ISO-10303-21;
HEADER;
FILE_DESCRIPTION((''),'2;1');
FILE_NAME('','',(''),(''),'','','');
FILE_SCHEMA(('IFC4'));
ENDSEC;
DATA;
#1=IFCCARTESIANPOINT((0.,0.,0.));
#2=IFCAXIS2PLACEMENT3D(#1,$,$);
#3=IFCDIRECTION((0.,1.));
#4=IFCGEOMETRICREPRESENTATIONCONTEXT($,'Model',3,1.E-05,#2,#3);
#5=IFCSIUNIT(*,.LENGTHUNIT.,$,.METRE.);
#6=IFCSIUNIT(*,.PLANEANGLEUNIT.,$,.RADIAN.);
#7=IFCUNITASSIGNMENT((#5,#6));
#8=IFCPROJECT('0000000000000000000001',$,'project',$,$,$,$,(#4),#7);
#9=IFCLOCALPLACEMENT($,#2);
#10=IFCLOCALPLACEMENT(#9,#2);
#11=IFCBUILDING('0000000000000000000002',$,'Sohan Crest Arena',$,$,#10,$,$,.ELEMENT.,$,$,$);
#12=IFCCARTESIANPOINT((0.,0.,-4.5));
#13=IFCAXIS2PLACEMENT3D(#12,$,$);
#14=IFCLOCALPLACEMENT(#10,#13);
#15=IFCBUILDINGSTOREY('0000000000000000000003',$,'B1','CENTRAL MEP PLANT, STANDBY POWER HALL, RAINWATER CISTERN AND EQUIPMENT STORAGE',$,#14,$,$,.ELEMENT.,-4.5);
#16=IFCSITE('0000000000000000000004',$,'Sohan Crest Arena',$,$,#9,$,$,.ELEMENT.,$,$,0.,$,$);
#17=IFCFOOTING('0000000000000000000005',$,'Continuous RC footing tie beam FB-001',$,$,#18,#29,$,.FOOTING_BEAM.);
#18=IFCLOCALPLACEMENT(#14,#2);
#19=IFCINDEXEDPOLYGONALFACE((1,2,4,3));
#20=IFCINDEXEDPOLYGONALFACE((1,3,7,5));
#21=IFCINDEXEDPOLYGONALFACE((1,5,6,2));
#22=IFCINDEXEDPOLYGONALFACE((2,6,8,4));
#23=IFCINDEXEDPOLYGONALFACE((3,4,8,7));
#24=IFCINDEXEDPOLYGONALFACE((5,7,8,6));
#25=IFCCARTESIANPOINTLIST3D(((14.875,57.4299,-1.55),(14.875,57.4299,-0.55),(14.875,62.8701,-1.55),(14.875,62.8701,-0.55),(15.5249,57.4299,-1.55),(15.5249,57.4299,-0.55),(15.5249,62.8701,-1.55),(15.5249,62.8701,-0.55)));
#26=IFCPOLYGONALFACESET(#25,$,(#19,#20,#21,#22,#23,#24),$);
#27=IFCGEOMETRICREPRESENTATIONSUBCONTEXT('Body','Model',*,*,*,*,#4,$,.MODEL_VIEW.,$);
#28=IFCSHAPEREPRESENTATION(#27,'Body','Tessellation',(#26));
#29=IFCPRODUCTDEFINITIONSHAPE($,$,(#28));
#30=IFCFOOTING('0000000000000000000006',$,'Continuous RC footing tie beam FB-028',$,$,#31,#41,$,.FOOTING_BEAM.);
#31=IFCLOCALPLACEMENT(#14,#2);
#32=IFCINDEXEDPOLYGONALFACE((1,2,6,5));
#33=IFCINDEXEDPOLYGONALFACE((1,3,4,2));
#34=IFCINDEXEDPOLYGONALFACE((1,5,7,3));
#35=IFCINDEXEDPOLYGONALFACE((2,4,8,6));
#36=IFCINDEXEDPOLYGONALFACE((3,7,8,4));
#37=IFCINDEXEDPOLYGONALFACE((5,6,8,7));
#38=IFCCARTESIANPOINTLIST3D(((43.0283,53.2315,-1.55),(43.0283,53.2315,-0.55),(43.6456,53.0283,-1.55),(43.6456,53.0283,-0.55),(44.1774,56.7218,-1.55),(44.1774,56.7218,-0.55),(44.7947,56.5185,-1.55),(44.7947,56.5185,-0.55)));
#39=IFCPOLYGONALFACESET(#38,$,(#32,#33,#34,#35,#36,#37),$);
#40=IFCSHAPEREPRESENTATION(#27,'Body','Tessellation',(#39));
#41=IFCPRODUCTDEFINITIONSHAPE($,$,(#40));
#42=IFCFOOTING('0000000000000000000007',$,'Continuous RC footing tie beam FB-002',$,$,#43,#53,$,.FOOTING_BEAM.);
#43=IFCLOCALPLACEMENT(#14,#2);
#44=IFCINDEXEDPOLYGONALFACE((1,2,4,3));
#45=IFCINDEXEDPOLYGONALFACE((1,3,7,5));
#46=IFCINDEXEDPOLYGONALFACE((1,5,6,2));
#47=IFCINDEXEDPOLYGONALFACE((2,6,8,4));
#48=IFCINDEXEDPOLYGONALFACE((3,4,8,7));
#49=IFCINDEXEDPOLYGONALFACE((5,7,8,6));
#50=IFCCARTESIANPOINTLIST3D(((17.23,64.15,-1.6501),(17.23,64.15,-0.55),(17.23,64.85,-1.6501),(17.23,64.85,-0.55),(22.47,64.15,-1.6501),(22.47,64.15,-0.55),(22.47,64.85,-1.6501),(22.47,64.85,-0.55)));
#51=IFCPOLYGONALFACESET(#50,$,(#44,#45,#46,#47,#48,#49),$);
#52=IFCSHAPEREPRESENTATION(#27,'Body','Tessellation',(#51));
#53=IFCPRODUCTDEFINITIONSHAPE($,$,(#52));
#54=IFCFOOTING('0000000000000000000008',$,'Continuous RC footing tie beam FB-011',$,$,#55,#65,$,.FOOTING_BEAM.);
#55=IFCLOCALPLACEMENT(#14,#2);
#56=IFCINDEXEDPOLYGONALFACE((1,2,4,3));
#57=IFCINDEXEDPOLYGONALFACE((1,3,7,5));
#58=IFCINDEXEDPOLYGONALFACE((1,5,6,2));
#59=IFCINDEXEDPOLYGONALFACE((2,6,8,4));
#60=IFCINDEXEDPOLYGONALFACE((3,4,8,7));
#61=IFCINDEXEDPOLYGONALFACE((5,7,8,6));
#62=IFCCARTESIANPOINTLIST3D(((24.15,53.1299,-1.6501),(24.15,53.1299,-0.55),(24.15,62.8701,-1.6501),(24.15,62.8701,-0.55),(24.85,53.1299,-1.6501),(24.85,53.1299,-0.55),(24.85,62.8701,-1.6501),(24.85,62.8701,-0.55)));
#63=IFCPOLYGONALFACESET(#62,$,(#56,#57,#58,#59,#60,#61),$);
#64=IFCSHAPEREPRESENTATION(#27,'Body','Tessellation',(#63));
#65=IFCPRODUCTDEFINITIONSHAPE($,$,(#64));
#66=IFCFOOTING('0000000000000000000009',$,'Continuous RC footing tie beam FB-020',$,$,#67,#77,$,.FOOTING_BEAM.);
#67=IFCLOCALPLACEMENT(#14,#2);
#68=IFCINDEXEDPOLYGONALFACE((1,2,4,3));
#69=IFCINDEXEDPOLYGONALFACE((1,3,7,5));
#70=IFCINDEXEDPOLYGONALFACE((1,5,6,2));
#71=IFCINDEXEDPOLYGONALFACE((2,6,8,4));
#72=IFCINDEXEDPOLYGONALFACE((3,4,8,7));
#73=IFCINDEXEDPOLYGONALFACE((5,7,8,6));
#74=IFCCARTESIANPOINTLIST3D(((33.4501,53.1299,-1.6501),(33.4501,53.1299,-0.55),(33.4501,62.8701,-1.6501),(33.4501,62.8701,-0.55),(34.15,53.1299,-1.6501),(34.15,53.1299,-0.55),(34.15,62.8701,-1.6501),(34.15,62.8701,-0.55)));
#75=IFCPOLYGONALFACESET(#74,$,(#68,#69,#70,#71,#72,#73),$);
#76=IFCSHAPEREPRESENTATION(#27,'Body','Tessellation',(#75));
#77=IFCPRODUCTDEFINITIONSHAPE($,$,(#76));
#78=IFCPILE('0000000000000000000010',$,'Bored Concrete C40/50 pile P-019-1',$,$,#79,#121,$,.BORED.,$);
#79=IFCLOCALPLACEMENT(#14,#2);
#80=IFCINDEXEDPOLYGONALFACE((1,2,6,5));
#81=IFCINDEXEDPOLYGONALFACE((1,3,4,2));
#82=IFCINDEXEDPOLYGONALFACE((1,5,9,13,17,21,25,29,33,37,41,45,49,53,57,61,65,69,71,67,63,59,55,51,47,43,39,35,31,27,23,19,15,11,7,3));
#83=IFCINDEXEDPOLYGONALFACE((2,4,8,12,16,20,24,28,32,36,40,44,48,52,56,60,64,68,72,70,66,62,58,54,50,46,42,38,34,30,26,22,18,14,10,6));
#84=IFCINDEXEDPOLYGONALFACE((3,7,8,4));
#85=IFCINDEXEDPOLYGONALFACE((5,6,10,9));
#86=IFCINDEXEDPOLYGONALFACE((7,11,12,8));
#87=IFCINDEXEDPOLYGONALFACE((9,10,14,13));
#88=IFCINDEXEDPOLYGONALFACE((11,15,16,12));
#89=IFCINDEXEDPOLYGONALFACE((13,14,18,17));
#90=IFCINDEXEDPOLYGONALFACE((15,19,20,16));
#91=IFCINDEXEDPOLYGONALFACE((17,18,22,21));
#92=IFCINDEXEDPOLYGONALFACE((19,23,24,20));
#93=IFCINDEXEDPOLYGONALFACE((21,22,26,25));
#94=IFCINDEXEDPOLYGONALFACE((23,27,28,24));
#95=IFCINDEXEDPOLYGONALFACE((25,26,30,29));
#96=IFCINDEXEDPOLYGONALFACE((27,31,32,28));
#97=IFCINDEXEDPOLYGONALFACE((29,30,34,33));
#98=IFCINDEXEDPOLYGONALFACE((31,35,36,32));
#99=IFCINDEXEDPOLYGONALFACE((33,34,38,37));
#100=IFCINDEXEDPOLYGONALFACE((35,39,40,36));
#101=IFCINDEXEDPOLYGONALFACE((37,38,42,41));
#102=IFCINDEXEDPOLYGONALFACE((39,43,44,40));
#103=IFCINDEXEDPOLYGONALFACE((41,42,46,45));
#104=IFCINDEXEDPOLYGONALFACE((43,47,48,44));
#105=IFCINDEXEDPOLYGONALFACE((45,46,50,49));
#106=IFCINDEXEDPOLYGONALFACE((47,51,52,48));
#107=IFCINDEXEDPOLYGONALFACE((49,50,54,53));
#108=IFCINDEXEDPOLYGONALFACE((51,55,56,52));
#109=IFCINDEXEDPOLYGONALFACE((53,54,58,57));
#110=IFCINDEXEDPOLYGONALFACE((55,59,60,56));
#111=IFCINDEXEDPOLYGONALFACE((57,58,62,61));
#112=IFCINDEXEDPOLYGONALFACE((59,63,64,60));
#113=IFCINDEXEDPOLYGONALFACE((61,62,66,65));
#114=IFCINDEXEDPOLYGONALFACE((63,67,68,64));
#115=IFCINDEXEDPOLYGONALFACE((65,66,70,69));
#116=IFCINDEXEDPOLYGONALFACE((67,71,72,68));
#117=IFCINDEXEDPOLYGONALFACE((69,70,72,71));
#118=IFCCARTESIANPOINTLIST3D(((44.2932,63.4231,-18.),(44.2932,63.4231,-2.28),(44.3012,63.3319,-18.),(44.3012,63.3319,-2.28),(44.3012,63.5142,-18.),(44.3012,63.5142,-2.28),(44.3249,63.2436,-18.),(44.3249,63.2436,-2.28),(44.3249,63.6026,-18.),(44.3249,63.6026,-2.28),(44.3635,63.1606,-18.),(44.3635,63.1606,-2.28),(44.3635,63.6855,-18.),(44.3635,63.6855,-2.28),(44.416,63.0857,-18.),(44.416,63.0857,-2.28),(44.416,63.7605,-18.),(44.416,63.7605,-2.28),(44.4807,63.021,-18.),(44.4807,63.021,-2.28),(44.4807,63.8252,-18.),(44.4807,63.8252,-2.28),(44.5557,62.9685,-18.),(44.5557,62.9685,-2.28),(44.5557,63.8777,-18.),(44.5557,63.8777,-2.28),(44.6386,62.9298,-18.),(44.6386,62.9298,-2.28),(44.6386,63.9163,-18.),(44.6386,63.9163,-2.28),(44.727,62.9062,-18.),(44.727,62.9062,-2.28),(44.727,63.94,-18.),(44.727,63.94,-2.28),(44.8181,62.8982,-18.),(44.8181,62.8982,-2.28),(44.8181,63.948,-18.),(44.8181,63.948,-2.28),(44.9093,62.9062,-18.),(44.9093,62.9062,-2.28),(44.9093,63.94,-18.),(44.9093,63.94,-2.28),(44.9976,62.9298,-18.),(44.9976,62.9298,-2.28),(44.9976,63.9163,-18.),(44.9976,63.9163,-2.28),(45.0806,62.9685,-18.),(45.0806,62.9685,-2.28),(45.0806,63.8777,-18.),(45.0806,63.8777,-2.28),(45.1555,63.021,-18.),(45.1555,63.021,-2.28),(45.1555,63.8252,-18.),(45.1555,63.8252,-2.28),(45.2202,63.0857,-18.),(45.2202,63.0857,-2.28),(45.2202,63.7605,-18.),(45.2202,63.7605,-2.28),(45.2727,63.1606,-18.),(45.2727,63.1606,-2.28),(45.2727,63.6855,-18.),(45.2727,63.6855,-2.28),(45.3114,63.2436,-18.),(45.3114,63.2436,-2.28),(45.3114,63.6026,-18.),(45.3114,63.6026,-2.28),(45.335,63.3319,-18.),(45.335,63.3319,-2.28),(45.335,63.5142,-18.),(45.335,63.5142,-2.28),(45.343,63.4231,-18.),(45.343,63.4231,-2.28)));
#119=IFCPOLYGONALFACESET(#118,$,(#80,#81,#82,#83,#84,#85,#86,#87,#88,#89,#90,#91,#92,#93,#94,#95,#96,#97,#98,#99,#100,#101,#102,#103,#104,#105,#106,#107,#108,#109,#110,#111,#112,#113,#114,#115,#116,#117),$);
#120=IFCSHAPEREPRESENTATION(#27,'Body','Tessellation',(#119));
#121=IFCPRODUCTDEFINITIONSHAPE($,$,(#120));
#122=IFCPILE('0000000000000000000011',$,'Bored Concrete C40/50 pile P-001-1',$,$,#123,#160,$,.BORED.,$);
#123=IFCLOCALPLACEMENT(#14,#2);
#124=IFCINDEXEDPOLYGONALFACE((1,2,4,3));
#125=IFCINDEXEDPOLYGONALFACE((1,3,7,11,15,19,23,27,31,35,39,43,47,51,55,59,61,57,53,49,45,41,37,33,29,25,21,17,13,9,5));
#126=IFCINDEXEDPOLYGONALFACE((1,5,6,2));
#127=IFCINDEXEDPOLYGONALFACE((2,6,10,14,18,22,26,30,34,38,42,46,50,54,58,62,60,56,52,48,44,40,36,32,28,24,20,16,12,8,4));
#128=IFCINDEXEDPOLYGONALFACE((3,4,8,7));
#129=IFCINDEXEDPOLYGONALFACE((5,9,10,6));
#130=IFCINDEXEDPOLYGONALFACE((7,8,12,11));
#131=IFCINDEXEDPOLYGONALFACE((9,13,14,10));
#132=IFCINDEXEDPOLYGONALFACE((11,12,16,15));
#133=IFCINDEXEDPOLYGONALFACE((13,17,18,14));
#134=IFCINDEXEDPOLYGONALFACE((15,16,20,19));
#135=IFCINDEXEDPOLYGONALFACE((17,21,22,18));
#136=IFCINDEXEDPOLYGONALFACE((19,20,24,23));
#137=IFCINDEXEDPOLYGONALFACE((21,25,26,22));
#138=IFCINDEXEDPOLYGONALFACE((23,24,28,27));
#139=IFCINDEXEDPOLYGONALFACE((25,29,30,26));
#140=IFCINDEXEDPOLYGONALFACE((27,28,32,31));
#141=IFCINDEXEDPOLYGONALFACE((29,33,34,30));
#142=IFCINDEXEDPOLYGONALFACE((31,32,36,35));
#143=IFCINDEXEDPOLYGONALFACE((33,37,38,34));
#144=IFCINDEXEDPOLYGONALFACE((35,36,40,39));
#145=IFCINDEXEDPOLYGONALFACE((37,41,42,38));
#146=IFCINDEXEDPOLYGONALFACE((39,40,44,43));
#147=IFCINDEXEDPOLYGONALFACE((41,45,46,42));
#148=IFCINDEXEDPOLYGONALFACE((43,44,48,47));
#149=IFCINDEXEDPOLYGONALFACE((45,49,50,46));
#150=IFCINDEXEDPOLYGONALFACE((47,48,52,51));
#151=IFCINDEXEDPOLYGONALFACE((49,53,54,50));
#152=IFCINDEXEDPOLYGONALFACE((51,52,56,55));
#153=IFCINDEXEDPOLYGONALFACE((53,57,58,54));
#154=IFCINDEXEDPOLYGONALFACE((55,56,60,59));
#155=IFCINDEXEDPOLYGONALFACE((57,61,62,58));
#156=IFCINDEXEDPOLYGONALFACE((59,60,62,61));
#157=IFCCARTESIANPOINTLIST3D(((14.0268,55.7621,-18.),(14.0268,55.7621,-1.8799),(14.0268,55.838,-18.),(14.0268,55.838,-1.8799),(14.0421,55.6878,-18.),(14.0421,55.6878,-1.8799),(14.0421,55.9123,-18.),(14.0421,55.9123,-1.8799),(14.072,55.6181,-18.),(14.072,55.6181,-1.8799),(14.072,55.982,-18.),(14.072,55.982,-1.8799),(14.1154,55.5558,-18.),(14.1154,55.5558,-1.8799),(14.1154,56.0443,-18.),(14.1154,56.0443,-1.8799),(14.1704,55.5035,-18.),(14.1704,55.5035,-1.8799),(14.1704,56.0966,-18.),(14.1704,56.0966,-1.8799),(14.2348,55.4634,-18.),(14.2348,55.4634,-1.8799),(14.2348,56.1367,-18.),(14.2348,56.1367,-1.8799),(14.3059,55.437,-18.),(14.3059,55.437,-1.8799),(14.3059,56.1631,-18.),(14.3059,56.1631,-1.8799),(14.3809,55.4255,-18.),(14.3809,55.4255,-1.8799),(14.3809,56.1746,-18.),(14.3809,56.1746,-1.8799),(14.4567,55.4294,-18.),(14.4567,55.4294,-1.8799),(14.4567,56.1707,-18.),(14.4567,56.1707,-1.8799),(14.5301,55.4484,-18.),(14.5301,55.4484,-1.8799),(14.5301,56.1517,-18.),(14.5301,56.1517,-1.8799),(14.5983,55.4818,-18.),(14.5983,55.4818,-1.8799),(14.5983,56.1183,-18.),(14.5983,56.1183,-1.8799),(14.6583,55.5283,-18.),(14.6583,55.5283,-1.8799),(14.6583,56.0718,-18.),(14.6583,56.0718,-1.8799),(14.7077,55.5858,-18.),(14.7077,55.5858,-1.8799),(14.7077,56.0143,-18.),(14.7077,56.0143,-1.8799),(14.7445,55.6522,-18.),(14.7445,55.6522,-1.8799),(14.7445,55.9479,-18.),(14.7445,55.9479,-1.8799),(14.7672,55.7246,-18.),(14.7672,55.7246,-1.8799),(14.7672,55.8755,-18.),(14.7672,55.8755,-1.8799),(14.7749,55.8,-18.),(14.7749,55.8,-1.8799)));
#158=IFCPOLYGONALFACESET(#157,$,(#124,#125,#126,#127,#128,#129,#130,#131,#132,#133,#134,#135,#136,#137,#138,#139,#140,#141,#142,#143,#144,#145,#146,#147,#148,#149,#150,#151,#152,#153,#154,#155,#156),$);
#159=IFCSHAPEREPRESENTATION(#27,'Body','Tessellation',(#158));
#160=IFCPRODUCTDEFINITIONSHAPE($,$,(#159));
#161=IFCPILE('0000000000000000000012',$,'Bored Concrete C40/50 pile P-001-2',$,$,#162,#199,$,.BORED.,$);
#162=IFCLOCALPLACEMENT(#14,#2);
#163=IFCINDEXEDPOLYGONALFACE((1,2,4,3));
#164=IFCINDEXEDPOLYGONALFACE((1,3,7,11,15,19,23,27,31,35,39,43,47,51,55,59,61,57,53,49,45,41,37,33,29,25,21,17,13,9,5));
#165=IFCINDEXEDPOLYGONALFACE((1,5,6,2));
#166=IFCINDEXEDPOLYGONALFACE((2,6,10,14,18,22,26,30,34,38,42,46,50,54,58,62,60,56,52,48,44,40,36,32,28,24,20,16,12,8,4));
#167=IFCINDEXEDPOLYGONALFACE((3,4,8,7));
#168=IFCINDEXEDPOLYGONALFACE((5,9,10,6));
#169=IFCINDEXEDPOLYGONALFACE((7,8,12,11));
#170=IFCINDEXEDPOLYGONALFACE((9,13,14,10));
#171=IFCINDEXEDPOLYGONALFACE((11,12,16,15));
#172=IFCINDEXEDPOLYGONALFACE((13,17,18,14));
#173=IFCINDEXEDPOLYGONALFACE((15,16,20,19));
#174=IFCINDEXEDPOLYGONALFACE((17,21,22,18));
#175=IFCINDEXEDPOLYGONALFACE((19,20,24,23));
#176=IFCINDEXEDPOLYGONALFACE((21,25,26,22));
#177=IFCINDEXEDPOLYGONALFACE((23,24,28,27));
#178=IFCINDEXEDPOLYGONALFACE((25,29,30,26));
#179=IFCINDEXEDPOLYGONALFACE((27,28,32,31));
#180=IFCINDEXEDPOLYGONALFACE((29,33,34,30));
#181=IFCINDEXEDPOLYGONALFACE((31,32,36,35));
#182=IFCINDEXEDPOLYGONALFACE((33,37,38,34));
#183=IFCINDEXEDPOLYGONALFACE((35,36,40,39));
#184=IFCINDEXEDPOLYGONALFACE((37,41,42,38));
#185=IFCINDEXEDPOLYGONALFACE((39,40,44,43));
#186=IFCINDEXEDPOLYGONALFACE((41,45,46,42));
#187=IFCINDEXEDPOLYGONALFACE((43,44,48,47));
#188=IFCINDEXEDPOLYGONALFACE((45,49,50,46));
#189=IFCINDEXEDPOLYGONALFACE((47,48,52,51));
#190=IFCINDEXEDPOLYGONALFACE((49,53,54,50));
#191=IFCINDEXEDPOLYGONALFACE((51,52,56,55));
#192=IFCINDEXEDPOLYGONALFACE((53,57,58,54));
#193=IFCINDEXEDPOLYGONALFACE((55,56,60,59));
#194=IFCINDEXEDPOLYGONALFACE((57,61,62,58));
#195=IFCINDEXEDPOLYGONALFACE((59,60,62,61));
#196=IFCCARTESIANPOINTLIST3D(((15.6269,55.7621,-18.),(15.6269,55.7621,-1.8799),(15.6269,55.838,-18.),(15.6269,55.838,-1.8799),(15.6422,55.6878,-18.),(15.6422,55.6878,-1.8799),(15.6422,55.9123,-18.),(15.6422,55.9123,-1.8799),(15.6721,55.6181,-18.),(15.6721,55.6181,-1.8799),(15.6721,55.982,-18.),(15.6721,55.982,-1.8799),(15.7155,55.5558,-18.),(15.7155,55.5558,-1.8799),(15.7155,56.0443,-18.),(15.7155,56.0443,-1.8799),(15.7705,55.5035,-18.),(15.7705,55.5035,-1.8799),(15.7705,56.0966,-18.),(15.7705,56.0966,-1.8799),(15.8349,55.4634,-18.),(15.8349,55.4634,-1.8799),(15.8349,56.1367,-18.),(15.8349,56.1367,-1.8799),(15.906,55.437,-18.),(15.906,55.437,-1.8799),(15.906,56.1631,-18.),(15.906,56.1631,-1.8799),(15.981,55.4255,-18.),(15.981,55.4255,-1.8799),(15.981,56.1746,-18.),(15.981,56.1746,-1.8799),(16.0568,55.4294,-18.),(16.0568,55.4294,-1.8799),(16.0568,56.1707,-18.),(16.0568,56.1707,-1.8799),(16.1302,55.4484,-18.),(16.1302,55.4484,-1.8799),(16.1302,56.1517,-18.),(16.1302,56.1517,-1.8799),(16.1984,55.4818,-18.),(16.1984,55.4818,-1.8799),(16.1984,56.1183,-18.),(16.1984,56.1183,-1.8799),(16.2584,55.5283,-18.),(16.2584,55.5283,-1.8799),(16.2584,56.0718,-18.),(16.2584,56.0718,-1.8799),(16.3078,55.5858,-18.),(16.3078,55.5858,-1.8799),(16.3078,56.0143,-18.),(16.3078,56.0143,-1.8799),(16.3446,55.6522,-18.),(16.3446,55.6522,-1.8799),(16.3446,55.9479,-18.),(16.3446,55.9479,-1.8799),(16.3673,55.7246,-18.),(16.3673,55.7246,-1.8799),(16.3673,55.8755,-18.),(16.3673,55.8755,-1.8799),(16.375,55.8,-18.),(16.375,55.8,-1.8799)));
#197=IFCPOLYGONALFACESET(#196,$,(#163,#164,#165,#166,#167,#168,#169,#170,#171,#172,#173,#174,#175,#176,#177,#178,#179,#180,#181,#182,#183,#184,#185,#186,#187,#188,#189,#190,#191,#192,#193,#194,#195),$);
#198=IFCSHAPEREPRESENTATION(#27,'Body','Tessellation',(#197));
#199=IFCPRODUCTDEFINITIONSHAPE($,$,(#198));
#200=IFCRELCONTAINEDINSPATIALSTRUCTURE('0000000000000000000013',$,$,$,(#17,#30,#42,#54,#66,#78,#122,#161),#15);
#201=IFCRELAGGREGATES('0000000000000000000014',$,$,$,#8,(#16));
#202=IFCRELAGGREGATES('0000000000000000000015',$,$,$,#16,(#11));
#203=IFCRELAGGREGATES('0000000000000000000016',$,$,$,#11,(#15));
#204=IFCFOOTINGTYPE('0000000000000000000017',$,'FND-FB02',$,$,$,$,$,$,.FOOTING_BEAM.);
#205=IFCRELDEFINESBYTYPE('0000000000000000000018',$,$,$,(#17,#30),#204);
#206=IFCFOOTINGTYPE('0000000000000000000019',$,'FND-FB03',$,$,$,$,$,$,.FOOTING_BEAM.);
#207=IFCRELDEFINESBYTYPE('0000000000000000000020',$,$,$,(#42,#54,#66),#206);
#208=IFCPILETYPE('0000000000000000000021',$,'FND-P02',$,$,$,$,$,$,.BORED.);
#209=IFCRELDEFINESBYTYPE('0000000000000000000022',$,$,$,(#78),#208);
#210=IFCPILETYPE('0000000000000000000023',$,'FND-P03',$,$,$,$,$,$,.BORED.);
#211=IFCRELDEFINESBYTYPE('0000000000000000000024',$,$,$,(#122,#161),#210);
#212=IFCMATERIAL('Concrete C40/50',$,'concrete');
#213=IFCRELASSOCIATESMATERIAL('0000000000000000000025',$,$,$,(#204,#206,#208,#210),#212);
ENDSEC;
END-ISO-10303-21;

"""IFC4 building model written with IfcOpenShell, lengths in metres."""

from ifc_helpers import new_model, si_unit, direction, frame, origin, origin_2d, place, context, subcontext, project, spatial, rectangle, circle, extrude, material, material_profile, profile_set, type_object, element, save


model = new_model("IFC4")

# Units and contexts
model_context = context("Model", 3, precision=1e-05, world=origin(), true_north=direction((0.0, 1.0)))
body_context = subcontext(model_context, "Body", "Model", "MODEL_VIEW")
ifc_project = project(units=[si_unit("LENGTHUNIT", "METRE"), si_unit("PLANEANGLEUNIT", "RADIAN")], contexts=[model_context])

# Site, building, storey
site_placement = place(None, origin())
site = spatial("IfcSite", under=ifc_project, at=site_placement, Name="Sohan Crest Arena", CompositionType="ELEMENT", RefElevation=0.0)
building_placement = place(site_placement, origin())
building = spatial("IfcBuilding", under=site, at=building_placement, Name="Sohan Crest Arena", CompositionType="ELEMENT")
storey_placement = place(building_placement, frame((0.0, 0.0, -4.5)))
storey = spatial("IfcBuildingStorey", under=building, at=storey_placement, Name="B1", Description="CENTRAL MEP PLANT, STANDBY POWER HALL, RAINWATER CISTERN AND EQUIPMENT STORAGE", CompositionType="ELEMENT", Elevation=-4.5)

# Footings
ifc_material_1 = material(Name="Concrete C40/50", Category="concrete")
ifc_material_profile_1 = material_profile(ifc_material_1, rectangle(XDim=0.6499, YDim=1.0, at=origin_2d()), Name="RC-FB 650x1000")
ifc_profile_set_1 = profile_set([ifc_material_profile_1], Name="Concrete C40/50")
footing_type_1 = type_object("IfcFootingType", Name="FND-FB02", PredefinedType="FOOTING_BEAM", material=ifc_profile_set_1)
footing_1_placement = place(storey_placement, frame((15.2, 57.4299, -1.05), z_axis=(0.0, 1.0, 0.0), x_axis=(-1.0, 0.0, 0.0)))
element("IfcFooting", 1, at=footing_1_placement, inside=storey, type_object=footing_type_1, Name="Continuous RC footing tie beam FB-001", PredefinedType="FOOTING_BEAM", context=body_context, shape_type="SweptSolid", body=[
    extrude(rectangle(XDim=0.6499, YDim=1.0, at=origin_2d()), origin(), (0.0, 0.0, 1.0), 5.4402),
])
footing_2_placement = place(storey_placement, frame((43.3369, 53.1299, -1.05), z_axis=(0.312737, 0.94984, 0.0), x_axis=(-0.94984, 0.312737, 0.0)))
element("IfcFooting", 2, at=footing_2_placement, inside=storey, type_object=footing_type_1, Name="Continuous RC footing tie beam FB-028", PredefinedType="FOOTING_BEAM", context=body_context, shape_type="SweptSolid", body=[
    extrude(rectangle(XDim=0.6499, YDim=1.0, at=origin_2d()), origin(), (0.0, 0.0, 1.0), 3.6746),
])
ifc_material_profile_2 = material_profile(ifc_material_1, rectangle(XDim=0.7, YDim=1.1001, at=origin_2d()), Name="RC-FB 700x1100")
ifc_profile_set_2 = profile_set([ifc_material_profile_2], Name="Concrete C40/50")
footing_type_2 = type_object("IfcFootingType", Name="FND-FB03", PredefinedType="FOOTING_BEAM", material=ifc_profile_set_2)
footing_3_placement = place(storey_placement, frame((17.23, 64.5, -1.1001), z_axis=(1.0, 0.0, 0.0), x_axis=(0.0, 1.0, 0.0)))
element("IfcFooting", 3, at=footing_3_placement, inside=storey, type_object=footing_type_2, Name="Continuous RC footing tie beam FB-002", PredefinedType="FOOTING_BEAM", context=body_context, shape_type="SweptSolid", body=[
    extrude(rectangle(XDim=0.7, YDim=1.1001, at=origin_2d()), origin(), (0.0, 0.0, 1.0), 5.24),
])
for number, where, z_axis, x_axis, name in (
    (4, (24.5, 53.1299, -1.1001), (0.0, 1.0, 0.0), (-1.0, 0.0, 0.0), "Continuous RC footing tie beam FB-011"),
    (5, (33.8, 53.1299, -1.1001), (0.0, 1.0, 0.0), (-1.0, 0.0, 0.0), "Continuous RC footing tie beam FB-020"),
):
    element("IfcFooting", number, at=place(storey_placement, frame(where, z_axis=z_axis, x_axis=x_axis)), inside=storey, type_object=footing_type_2, Name=name, PredefinedType="FOOTING_BEAM", context=body_context, shape_type="SweptSolid", body=[
        extrude(rectangle(XDim=0.7, YDim=1.1001, at=origin_2d()), origin(), (0.0, 0.0, 1.0), 9.7402),
    ])

# Piles
ifc_material_profile_3 = material_profile(ifc_material_1, circle(Radius=0.5249, at=origin_2d()), Name="PILE D1050")
ifc_profile_set_3 = profile_set([ifc_material_profile_3], Name="Concrete C40/50")
pile_type_1 = type_object("IfcPileType", Name="FND-P02", PredefinedType="BORED", material=ifc_profile_set_3)
pile_placement = place(storey_placement, frame((44.8181, 63.4231, -18.0), z_axis=(0.0, 0.0, 1.0), x_axis=(1.0, 0.0, 0.0)))
element("IfcPile", 6, at=pile_placement, inside=storey, type_object=pile_type_1, Name="Bored Concrete C40/50 pile P-019-1", PredefinedType="BORED", context=body_context, shape_type="SweptSolid", body=[
    extrude(circle(Radius=0.5249, at=origin_2d()), origin(), (0.0, 0.0, 1.0), 15.72),
])
ifc_material_profile_4 = material_profile(ifc_material_1, circle(Radius=0.375, at=origin_2d()), Name="PILE D750")
ifc_profile_set_4 = profile_set([ifc_material_profile_4], Name="Concrete C40/50")
pile_type_2 = type_object("IfcPileType", Name="FND-P03", PredefinedType="BORED", material=ifc_profile_set_4)
for number, where, z_axis, x_axis, name in (
    (7, (14.3999, 55.8, -18.0), (0.0, 0.0, 1.0), (1.0, 0.0, 0.0), "Bored Concrete C40/50 pile P-001-1"),
    (8, (16.0, 55.8, -18.0), (0.0, 0.0, 1.0), (1.0, 0.0, 0.0), "Bored Concrete C40/50 pile P-001-2"),
):
    element("IfcPile", number, at=place(storey_placement, frame(where, z_axis=z_axis, x_axis=x_axis)), inside=storey, type_object=pile_type_2, Name=name, PredefinedType="BORED", context=body_context, shape_type="SweptSolid", body=[
        extrude(circle(Radius=0.375, at=origin_2d()), origin(), (0.0, 0.0, 1.0), 16.1201),
    ])

save(model, "model.ifc")
